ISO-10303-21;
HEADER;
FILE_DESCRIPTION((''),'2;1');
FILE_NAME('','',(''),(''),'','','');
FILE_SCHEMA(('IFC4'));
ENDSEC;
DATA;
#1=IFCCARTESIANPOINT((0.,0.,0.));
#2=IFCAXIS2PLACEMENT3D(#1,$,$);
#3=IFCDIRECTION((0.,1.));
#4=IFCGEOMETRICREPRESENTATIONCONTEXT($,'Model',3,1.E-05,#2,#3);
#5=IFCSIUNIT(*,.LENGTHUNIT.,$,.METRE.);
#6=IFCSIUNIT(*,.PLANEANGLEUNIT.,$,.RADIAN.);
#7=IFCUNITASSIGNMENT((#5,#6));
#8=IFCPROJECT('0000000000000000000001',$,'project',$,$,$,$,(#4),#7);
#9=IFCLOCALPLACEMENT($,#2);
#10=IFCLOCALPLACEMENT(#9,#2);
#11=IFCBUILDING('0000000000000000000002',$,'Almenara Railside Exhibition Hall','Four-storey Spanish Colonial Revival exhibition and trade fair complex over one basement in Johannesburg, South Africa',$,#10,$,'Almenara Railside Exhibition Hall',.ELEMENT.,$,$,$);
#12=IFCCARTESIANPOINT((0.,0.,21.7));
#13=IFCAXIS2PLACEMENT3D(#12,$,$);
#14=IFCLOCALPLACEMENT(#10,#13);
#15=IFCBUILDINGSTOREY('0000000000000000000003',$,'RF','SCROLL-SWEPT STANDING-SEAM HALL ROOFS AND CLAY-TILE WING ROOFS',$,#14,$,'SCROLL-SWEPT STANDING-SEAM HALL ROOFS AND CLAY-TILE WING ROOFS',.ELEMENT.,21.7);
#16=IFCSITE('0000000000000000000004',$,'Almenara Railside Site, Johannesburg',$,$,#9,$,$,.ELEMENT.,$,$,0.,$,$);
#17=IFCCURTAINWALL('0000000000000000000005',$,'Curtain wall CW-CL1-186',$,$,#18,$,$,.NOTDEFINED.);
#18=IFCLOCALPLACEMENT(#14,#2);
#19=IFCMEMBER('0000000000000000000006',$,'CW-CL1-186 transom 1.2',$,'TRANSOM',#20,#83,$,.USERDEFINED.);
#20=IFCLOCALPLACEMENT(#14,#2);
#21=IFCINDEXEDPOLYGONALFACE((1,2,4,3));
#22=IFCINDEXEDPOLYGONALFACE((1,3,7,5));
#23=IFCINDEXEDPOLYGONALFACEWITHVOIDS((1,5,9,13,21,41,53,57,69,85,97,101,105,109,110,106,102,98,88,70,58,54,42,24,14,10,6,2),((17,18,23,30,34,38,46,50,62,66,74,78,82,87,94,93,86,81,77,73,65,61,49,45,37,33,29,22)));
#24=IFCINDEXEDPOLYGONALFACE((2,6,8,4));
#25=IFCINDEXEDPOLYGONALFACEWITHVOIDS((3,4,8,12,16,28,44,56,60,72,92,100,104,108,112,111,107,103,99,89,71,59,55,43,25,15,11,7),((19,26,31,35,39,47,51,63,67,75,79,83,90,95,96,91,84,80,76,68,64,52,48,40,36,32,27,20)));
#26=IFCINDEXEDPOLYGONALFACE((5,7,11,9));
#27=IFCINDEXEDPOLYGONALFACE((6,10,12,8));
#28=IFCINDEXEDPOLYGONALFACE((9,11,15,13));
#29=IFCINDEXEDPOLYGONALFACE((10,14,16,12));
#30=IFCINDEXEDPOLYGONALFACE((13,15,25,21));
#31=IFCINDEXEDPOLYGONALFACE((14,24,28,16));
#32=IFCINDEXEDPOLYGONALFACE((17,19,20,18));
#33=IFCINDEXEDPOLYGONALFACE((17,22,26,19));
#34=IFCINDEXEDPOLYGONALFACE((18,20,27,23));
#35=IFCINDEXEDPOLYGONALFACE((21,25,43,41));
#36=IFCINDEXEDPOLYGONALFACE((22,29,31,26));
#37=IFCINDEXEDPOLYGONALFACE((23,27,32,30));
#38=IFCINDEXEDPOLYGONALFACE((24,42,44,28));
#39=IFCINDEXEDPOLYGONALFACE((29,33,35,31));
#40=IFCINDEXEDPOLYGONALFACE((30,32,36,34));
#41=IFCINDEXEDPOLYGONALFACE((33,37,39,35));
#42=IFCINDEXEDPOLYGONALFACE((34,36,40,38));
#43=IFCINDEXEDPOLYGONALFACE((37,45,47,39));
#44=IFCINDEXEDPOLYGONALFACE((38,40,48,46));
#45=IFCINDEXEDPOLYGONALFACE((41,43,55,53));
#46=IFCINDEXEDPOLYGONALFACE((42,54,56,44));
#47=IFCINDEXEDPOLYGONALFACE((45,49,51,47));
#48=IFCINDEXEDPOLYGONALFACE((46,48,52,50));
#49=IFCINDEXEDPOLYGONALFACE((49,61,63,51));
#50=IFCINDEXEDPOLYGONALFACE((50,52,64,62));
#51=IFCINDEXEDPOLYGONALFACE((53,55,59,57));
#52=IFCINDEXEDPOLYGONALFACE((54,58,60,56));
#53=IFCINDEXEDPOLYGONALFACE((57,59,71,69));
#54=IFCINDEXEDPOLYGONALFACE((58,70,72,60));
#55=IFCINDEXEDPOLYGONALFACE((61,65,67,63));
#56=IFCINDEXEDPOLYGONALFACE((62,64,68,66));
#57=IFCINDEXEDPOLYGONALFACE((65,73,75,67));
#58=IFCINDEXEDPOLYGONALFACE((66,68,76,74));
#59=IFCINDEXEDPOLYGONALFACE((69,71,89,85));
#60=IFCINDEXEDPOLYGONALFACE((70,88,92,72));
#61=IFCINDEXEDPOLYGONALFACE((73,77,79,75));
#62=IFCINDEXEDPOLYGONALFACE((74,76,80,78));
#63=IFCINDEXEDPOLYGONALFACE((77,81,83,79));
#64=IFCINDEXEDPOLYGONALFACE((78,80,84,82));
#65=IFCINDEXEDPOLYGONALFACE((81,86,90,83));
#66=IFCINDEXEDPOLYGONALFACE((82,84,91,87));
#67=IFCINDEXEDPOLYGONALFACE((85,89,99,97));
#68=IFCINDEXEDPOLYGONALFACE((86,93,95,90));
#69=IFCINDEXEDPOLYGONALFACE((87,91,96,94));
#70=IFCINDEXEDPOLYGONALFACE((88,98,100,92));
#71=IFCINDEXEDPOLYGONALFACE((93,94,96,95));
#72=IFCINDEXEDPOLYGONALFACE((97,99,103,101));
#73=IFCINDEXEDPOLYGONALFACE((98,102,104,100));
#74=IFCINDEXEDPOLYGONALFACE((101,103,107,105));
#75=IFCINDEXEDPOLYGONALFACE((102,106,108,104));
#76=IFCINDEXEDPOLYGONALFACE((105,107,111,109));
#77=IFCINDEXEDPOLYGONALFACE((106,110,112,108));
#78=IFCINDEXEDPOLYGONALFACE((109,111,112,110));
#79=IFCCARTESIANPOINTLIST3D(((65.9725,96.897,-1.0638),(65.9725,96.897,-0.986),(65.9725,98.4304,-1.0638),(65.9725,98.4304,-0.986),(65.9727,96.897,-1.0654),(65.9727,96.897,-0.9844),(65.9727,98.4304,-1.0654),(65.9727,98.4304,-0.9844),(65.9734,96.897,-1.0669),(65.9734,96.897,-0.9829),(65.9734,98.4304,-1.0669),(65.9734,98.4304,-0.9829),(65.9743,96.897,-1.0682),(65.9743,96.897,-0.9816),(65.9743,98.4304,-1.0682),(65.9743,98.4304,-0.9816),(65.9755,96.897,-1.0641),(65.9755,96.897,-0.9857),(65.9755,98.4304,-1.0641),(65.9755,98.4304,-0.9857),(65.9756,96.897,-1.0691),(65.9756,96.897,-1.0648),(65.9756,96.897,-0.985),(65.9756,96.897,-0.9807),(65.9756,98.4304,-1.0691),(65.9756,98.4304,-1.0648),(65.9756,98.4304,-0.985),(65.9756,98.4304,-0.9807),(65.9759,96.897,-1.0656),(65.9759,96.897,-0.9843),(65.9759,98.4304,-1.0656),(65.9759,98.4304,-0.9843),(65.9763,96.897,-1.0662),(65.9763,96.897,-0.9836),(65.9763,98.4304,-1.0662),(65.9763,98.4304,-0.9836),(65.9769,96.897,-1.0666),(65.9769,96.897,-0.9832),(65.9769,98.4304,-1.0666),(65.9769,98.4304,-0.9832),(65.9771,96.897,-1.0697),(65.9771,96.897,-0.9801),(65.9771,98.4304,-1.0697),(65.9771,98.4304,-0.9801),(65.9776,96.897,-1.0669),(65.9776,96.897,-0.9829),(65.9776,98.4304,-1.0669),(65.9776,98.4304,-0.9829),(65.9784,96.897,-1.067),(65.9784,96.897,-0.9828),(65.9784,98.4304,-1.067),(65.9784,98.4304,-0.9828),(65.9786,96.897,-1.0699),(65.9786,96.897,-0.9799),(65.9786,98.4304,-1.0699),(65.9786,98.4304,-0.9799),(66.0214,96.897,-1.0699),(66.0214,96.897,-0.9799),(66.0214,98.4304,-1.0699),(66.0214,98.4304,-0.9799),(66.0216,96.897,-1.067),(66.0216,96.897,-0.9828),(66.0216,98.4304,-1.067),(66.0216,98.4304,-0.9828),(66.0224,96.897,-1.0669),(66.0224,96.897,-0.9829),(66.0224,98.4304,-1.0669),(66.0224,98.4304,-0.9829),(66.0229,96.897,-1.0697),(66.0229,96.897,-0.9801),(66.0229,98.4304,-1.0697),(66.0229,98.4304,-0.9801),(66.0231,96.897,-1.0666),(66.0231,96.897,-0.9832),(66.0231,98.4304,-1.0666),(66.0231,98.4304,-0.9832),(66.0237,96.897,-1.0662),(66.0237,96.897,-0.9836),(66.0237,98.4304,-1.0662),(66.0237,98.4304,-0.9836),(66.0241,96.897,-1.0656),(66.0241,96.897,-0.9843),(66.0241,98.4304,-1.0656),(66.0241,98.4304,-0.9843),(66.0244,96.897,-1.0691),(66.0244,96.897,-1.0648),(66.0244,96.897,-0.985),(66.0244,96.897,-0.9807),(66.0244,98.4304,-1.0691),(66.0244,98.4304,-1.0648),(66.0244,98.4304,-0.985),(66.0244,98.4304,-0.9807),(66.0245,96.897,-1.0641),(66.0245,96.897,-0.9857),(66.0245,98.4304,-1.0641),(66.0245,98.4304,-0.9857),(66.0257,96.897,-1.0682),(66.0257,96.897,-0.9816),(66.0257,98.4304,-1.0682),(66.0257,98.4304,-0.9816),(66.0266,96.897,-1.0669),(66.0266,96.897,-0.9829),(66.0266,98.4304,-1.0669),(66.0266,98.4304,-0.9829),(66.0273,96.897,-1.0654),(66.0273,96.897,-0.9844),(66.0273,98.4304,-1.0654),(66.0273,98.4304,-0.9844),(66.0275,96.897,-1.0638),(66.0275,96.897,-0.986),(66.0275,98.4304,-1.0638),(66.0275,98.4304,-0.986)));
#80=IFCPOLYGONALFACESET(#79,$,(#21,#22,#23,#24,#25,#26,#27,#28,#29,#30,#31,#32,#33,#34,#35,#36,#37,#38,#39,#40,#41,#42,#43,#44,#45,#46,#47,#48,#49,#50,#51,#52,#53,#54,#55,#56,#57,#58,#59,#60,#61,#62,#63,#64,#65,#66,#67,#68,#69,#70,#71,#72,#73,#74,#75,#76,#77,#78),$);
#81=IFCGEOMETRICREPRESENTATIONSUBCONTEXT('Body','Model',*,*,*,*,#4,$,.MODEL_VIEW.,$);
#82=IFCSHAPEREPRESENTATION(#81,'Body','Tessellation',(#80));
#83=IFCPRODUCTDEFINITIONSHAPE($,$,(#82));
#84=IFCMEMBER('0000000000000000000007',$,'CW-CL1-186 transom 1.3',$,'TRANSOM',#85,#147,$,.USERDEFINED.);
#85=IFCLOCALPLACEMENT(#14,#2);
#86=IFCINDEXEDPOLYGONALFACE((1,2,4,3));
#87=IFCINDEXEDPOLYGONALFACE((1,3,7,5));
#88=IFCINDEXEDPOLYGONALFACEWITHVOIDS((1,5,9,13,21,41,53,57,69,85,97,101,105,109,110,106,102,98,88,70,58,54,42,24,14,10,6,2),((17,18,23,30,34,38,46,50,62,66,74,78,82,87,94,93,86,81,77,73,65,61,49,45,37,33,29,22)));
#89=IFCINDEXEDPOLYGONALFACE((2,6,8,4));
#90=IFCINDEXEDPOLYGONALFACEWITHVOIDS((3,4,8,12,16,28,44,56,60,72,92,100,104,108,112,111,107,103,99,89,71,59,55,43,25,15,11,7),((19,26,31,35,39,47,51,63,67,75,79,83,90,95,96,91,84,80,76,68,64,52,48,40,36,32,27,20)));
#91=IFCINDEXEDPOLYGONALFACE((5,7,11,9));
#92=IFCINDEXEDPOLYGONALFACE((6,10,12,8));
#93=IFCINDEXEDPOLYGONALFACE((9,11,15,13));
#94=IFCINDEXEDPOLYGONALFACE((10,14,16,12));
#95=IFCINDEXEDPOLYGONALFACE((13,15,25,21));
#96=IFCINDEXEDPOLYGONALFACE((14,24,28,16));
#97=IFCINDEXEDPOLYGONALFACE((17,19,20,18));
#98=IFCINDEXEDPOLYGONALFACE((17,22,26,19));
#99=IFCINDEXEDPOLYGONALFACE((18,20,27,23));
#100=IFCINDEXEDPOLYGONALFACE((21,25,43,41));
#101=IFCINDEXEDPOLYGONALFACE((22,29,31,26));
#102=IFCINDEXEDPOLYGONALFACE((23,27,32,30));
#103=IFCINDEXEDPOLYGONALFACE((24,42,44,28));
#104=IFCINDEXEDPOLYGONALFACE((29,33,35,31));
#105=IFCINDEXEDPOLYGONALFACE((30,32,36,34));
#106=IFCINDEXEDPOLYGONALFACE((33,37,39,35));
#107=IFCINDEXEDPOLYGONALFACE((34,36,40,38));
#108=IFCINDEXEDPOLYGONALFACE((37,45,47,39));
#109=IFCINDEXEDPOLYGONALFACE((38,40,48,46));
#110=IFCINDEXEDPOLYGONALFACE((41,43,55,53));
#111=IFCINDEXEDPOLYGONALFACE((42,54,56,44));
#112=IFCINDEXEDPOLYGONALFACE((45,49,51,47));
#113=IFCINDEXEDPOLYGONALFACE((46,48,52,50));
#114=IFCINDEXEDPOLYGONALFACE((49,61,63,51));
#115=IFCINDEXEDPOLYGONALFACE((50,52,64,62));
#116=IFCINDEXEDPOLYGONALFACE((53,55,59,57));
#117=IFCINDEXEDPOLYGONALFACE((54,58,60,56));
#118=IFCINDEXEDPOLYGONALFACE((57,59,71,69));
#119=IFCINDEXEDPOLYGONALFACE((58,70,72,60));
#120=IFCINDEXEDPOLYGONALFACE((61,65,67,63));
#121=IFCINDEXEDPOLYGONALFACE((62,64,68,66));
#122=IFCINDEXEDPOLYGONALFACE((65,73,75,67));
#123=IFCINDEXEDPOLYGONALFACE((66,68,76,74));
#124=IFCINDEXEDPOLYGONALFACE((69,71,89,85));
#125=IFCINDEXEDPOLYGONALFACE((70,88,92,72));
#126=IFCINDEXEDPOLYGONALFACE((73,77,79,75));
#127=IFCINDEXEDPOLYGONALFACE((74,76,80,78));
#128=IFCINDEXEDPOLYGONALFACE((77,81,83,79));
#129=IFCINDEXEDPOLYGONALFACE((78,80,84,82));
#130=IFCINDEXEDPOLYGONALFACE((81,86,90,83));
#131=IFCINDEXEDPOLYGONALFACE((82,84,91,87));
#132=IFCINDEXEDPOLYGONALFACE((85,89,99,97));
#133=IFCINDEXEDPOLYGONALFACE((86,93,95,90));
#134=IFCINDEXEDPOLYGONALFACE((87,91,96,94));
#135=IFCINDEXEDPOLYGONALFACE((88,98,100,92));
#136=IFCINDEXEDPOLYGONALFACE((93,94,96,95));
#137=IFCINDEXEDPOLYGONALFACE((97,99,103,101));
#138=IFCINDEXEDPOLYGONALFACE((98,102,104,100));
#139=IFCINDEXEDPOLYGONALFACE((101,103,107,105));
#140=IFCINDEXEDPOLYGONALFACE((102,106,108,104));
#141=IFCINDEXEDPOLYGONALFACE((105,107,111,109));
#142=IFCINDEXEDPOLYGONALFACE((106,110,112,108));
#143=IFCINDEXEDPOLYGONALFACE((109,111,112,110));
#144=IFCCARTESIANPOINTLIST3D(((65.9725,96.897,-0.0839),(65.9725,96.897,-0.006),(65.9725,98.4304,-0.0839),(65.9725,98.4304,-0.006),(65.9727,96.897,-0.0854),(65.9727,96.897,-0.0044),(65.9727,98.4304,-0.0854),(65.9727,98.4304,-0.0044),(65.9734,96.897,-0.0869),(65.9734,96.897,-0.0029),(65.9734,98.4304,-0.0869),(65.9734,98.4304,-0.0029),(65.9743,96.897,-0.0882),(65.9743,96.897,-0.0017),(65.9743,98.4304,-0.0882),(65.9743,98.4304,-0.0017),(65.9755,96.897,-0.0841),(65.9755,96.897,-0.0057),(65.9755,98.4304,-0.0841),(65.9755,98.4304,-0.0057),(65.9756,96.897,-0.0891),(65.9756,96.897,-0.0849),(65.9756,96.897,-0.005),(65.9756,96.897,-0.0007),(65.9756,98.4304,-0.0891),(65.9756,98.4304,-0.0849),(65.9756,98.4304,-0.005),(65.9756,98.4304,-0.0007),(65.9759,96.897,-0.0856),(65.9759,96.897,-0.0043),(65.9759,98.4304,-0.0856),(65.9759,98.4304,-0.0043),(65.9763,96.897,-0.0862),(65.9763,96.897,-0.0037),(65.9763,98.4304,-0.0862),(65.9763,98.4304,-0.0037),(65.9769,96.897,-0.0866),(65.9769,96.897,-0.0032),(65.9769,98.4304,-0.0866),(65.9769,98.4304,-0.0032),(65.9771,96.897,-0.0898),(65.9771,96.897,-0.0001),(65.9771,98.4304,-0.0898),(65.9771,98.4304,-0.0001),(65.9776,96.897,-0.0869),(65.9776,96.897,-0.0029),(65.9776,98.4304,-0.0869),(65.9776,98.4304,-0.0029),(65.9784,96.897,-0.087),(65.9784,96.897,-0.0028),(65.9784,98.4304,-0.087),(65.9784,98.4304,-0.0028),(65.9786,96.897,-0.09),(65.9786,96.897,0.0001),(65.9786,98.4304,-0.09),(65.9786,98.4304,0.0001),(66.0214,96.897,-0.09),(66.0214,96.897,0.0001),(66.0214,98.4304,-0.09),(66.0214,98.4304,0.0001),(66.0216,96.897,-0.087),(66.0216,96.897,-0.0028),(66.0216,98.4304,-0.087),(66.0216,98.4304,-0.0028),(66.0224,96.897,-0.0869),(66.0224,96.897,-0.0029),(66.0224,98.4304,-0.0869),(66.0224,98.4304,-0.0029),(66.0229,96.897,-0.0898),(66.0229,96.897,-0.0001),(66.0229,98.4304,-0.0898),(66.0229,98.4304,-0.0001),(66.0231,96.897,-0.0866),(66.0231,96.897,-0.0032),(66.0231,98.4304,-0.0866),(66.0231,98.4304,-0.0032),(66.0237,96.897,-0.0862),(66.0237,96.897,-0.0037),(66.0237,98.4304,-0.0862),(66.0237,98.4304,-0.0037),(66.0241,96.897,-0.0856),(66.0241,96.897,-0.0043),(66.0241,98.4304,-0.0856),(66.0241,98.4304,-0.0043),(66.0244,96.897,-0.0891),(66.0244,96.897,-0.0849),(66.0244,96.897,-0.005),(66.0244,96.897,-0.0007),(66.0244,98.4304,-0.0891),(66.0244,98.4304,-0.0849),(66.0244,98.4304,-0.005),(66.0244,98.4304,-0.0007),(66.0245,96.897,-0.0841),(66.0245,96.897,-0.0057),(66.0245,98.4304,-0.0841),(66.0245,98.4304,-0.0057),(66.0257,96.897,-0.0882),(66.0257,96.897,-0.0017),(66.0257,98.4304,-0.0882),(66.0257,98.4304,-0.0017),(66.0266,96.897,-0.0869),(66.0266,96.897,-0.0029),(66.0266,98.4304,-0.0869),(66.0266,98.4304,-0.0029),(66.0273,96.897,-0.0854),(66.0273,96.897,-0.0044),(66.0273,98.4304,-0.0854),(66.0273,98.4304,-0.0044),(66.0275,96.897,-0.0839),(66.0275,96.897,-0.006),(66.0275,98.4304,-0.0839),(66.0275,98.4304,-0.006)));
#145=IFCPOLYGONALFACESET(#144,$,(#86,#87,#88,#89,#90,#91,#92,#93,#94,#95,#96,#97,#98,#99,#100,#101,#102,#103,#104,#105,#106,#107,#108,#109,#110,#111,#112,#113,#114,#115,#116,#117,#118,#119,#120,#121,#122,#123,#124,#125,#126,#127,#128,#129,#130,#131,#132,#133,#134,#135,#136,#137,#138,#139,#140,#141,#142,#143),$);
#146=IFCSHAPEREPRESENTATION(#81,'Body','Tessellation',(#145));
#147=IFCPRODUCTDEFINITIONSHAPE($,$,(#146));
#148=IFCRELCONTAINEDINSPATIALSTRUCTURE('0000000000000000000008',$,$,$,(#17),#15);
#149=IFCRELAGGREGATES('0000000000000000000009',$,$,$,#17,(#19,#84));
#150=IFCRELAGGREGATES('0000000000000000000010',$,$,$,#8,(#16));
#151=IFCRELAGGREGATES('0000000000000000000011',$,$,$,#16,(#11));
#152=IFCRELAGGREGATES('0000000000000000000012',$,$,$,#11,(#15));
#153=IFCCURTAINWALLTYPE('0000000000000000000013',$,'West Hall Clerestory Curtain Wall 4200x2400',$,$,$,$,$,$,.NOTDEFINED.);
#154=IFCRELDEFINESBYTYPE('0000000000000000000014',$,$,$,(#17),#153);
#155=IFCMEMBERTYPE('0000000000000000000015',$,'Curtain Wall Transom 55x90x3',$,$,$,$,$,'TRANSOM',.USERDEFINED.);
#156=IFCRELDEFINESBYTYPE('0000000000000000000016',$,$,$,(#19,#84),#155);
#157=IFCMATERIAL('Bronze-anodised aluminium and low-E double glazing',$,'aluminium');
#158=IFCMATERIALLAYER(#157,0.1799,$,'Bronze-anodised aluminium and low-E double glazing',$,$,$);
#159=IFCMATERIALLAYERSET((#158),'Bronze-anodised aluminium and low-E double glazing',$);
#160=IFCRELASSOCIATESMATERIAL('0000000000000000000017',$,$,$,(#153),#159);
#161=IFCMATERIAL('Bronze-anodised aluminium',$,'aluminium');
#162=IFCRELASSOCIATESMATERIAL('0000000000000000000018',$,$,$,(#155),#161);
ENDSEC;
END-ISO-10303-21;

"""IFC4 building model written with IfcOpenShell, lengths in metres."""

from ifc_helpers import new_model, si_unit, direction, frame, origin, origin_2d, place, context, subcontext, project, spatial, hollow_rectangle, extrude, material, layer, layer_set, material_profile, profile_set, type_object, element, aggregate, save


model = new_model("IFC4")

# Units and contexts
model_context = context("Model", 3, precision=1e-05, world=origin(), true_north=direction((0.0, 1.0)))
body_context = subcontext(model_context, "Body", "Model", "MODEL_VIEW")
ifc_project = project(units=[si_unit("LENGTHUNIT", "METRE"), si_unit("PLANEANGLEUNIT", "RADIAN")], contexts=[model_context])

# Site, building, storey
site_placement = place(None, origin())
site = spatial("IfcSite", under=ifc_project, at=site_placement, Name="Almenara Railside Site, Johannesburg", CompositionType="ELEMENT", RefElevation=0.0)
building_placement = place(site_placement, origin())
building = spatial("IfcBuilding", under=site, at=building_placement, Name="Almenara Railside Exhibition Hall", Description="Four-storey Spanish Colonial Revival exhibition and trade fair complex over one basement in Johannesburg, South Africa", LongName="Almenara Railside Exhibition Hall", CompositionType="ELEMENT")
storey_placement = place(building_placement, frame((0.0, 0.0, 21.7)))
storey = spatial("IfcBuildingStorey", under=building, at=storey_placement, Name="RF", Description="SCROLL-SWEPT STANDING-SEAM HALL ROOFS AND CLAY-TILE WING ROOFS", LongName="SCROLL-SWEPT STANDING-SEAM HALL ROOFS AND CLAY-TILE WING ROOFS", CompositionType="ELEMENT", Elevation=21.7)

# Curtain wall
ifc_material_1 = material(Name="Bronze-anodised aluminium and low-E double glazing", Category="aluminium")
ifc_layer_1 = layer(ifc_material_1, 0.1799, Name="Bronze-anodised aluminium and low-E double glazing")
ifc_layer_set_1 = layer_set([ifc_layer_1], Name="Bronze-anodised aluminium and low-E double glazing")
curtain_wall_type = type_object("IfcCurtainWallType", Name="West Hall Clerestory Curtain Wall 4200x2400", PredefinedType="NOTDEFINED", material=ifc_layer_set_1)
curtain_wall_1_placement = place(storey_placement, origin())
curtain_wall_1 = element("IfcCurtainWall", 1, at=curtain_wall_1_placement, inside=storey, type_object=curtain_wall_type, Name="Curtain wall CW-CL1-186", PredefinedType="NOTDEFINED")
ifc_material_2 = material(Name="Bronze-anodised aluminium", Category="aluminium")

# Members
ifc_material_profile_1 = material_profile(ifc_material_2, hollow_rectangle(XDim=0.0549, YDim=0.0901, WallThickness=0.0029, InnerFilletRadius=0.0029, OuterFilletRadius=0.0061, at=origin_2d()), Name="ALU-TRN 55x90x3")
ifc_profile_set_1 = profile_set([ifc_material_profile_1], Name="Bronze-anodised aluminium")
member_type_1 = type_object("IfcMemberType", Name="Curtain Wall Transom 55x90x3", ElementType="TRANSOM", PredefinedType="USERDEFINED", material=ifc_profile_set_1)
member_1_placement = place(storey_placement, frame((66.0, 96.897, -1.0249), z_axis=(0.0, 1.0, 0.0), x_axis=(-1.0, 0.0, 0.0)))
member_1 = element("IfcMember", 2, at=member_1_placement, type_object=member_type_1, Name="CW-CL1-186 transom 1.2", ObjectType="TRANSOM", PredefinedType="USERDEFINED", context=body_context, shape_type="SweptSolid", body=[
    extrude(hollow_rectangle(XDim=0.0549, YDim=0.0901, WallThickness=0.0029, InnerFilletRadius=0.0029, OuterFilletRadius=0.0061, at=origin_2d()), origin(), (0.0, 0.0, 1.0), 1.5334),
])
member_2_placement = place(storey_placement, frame((66.0, 96.897, -0.0449), z_axis=(0.0, 1.0, 0.0), x_axis=(-1.0, 0.0, 0.0)))
member_2 = element("IfcMember", 3, at=member_2_placement, type_object=member_type_1, Name="CW-CL1-186 transom 1.3", ObjectType="TRANSOM", PredefinedType="USERDEFINED", context=body_context, shape_type="SweptSolid", body=[
    extrude(hollow_rectangle(XDim=0.0549, YDim=0.0901, WallThickness=0.0029, InnerFilletRadius=0.0029, OuterFilletRadius=0.0061, at=origin_2d()), origin(), (0.0, 0.0, 1.0), 1.5334),
])

aggregate(curtain_wall_1, [member_1, member_2])

save(model, "model.ifc")
